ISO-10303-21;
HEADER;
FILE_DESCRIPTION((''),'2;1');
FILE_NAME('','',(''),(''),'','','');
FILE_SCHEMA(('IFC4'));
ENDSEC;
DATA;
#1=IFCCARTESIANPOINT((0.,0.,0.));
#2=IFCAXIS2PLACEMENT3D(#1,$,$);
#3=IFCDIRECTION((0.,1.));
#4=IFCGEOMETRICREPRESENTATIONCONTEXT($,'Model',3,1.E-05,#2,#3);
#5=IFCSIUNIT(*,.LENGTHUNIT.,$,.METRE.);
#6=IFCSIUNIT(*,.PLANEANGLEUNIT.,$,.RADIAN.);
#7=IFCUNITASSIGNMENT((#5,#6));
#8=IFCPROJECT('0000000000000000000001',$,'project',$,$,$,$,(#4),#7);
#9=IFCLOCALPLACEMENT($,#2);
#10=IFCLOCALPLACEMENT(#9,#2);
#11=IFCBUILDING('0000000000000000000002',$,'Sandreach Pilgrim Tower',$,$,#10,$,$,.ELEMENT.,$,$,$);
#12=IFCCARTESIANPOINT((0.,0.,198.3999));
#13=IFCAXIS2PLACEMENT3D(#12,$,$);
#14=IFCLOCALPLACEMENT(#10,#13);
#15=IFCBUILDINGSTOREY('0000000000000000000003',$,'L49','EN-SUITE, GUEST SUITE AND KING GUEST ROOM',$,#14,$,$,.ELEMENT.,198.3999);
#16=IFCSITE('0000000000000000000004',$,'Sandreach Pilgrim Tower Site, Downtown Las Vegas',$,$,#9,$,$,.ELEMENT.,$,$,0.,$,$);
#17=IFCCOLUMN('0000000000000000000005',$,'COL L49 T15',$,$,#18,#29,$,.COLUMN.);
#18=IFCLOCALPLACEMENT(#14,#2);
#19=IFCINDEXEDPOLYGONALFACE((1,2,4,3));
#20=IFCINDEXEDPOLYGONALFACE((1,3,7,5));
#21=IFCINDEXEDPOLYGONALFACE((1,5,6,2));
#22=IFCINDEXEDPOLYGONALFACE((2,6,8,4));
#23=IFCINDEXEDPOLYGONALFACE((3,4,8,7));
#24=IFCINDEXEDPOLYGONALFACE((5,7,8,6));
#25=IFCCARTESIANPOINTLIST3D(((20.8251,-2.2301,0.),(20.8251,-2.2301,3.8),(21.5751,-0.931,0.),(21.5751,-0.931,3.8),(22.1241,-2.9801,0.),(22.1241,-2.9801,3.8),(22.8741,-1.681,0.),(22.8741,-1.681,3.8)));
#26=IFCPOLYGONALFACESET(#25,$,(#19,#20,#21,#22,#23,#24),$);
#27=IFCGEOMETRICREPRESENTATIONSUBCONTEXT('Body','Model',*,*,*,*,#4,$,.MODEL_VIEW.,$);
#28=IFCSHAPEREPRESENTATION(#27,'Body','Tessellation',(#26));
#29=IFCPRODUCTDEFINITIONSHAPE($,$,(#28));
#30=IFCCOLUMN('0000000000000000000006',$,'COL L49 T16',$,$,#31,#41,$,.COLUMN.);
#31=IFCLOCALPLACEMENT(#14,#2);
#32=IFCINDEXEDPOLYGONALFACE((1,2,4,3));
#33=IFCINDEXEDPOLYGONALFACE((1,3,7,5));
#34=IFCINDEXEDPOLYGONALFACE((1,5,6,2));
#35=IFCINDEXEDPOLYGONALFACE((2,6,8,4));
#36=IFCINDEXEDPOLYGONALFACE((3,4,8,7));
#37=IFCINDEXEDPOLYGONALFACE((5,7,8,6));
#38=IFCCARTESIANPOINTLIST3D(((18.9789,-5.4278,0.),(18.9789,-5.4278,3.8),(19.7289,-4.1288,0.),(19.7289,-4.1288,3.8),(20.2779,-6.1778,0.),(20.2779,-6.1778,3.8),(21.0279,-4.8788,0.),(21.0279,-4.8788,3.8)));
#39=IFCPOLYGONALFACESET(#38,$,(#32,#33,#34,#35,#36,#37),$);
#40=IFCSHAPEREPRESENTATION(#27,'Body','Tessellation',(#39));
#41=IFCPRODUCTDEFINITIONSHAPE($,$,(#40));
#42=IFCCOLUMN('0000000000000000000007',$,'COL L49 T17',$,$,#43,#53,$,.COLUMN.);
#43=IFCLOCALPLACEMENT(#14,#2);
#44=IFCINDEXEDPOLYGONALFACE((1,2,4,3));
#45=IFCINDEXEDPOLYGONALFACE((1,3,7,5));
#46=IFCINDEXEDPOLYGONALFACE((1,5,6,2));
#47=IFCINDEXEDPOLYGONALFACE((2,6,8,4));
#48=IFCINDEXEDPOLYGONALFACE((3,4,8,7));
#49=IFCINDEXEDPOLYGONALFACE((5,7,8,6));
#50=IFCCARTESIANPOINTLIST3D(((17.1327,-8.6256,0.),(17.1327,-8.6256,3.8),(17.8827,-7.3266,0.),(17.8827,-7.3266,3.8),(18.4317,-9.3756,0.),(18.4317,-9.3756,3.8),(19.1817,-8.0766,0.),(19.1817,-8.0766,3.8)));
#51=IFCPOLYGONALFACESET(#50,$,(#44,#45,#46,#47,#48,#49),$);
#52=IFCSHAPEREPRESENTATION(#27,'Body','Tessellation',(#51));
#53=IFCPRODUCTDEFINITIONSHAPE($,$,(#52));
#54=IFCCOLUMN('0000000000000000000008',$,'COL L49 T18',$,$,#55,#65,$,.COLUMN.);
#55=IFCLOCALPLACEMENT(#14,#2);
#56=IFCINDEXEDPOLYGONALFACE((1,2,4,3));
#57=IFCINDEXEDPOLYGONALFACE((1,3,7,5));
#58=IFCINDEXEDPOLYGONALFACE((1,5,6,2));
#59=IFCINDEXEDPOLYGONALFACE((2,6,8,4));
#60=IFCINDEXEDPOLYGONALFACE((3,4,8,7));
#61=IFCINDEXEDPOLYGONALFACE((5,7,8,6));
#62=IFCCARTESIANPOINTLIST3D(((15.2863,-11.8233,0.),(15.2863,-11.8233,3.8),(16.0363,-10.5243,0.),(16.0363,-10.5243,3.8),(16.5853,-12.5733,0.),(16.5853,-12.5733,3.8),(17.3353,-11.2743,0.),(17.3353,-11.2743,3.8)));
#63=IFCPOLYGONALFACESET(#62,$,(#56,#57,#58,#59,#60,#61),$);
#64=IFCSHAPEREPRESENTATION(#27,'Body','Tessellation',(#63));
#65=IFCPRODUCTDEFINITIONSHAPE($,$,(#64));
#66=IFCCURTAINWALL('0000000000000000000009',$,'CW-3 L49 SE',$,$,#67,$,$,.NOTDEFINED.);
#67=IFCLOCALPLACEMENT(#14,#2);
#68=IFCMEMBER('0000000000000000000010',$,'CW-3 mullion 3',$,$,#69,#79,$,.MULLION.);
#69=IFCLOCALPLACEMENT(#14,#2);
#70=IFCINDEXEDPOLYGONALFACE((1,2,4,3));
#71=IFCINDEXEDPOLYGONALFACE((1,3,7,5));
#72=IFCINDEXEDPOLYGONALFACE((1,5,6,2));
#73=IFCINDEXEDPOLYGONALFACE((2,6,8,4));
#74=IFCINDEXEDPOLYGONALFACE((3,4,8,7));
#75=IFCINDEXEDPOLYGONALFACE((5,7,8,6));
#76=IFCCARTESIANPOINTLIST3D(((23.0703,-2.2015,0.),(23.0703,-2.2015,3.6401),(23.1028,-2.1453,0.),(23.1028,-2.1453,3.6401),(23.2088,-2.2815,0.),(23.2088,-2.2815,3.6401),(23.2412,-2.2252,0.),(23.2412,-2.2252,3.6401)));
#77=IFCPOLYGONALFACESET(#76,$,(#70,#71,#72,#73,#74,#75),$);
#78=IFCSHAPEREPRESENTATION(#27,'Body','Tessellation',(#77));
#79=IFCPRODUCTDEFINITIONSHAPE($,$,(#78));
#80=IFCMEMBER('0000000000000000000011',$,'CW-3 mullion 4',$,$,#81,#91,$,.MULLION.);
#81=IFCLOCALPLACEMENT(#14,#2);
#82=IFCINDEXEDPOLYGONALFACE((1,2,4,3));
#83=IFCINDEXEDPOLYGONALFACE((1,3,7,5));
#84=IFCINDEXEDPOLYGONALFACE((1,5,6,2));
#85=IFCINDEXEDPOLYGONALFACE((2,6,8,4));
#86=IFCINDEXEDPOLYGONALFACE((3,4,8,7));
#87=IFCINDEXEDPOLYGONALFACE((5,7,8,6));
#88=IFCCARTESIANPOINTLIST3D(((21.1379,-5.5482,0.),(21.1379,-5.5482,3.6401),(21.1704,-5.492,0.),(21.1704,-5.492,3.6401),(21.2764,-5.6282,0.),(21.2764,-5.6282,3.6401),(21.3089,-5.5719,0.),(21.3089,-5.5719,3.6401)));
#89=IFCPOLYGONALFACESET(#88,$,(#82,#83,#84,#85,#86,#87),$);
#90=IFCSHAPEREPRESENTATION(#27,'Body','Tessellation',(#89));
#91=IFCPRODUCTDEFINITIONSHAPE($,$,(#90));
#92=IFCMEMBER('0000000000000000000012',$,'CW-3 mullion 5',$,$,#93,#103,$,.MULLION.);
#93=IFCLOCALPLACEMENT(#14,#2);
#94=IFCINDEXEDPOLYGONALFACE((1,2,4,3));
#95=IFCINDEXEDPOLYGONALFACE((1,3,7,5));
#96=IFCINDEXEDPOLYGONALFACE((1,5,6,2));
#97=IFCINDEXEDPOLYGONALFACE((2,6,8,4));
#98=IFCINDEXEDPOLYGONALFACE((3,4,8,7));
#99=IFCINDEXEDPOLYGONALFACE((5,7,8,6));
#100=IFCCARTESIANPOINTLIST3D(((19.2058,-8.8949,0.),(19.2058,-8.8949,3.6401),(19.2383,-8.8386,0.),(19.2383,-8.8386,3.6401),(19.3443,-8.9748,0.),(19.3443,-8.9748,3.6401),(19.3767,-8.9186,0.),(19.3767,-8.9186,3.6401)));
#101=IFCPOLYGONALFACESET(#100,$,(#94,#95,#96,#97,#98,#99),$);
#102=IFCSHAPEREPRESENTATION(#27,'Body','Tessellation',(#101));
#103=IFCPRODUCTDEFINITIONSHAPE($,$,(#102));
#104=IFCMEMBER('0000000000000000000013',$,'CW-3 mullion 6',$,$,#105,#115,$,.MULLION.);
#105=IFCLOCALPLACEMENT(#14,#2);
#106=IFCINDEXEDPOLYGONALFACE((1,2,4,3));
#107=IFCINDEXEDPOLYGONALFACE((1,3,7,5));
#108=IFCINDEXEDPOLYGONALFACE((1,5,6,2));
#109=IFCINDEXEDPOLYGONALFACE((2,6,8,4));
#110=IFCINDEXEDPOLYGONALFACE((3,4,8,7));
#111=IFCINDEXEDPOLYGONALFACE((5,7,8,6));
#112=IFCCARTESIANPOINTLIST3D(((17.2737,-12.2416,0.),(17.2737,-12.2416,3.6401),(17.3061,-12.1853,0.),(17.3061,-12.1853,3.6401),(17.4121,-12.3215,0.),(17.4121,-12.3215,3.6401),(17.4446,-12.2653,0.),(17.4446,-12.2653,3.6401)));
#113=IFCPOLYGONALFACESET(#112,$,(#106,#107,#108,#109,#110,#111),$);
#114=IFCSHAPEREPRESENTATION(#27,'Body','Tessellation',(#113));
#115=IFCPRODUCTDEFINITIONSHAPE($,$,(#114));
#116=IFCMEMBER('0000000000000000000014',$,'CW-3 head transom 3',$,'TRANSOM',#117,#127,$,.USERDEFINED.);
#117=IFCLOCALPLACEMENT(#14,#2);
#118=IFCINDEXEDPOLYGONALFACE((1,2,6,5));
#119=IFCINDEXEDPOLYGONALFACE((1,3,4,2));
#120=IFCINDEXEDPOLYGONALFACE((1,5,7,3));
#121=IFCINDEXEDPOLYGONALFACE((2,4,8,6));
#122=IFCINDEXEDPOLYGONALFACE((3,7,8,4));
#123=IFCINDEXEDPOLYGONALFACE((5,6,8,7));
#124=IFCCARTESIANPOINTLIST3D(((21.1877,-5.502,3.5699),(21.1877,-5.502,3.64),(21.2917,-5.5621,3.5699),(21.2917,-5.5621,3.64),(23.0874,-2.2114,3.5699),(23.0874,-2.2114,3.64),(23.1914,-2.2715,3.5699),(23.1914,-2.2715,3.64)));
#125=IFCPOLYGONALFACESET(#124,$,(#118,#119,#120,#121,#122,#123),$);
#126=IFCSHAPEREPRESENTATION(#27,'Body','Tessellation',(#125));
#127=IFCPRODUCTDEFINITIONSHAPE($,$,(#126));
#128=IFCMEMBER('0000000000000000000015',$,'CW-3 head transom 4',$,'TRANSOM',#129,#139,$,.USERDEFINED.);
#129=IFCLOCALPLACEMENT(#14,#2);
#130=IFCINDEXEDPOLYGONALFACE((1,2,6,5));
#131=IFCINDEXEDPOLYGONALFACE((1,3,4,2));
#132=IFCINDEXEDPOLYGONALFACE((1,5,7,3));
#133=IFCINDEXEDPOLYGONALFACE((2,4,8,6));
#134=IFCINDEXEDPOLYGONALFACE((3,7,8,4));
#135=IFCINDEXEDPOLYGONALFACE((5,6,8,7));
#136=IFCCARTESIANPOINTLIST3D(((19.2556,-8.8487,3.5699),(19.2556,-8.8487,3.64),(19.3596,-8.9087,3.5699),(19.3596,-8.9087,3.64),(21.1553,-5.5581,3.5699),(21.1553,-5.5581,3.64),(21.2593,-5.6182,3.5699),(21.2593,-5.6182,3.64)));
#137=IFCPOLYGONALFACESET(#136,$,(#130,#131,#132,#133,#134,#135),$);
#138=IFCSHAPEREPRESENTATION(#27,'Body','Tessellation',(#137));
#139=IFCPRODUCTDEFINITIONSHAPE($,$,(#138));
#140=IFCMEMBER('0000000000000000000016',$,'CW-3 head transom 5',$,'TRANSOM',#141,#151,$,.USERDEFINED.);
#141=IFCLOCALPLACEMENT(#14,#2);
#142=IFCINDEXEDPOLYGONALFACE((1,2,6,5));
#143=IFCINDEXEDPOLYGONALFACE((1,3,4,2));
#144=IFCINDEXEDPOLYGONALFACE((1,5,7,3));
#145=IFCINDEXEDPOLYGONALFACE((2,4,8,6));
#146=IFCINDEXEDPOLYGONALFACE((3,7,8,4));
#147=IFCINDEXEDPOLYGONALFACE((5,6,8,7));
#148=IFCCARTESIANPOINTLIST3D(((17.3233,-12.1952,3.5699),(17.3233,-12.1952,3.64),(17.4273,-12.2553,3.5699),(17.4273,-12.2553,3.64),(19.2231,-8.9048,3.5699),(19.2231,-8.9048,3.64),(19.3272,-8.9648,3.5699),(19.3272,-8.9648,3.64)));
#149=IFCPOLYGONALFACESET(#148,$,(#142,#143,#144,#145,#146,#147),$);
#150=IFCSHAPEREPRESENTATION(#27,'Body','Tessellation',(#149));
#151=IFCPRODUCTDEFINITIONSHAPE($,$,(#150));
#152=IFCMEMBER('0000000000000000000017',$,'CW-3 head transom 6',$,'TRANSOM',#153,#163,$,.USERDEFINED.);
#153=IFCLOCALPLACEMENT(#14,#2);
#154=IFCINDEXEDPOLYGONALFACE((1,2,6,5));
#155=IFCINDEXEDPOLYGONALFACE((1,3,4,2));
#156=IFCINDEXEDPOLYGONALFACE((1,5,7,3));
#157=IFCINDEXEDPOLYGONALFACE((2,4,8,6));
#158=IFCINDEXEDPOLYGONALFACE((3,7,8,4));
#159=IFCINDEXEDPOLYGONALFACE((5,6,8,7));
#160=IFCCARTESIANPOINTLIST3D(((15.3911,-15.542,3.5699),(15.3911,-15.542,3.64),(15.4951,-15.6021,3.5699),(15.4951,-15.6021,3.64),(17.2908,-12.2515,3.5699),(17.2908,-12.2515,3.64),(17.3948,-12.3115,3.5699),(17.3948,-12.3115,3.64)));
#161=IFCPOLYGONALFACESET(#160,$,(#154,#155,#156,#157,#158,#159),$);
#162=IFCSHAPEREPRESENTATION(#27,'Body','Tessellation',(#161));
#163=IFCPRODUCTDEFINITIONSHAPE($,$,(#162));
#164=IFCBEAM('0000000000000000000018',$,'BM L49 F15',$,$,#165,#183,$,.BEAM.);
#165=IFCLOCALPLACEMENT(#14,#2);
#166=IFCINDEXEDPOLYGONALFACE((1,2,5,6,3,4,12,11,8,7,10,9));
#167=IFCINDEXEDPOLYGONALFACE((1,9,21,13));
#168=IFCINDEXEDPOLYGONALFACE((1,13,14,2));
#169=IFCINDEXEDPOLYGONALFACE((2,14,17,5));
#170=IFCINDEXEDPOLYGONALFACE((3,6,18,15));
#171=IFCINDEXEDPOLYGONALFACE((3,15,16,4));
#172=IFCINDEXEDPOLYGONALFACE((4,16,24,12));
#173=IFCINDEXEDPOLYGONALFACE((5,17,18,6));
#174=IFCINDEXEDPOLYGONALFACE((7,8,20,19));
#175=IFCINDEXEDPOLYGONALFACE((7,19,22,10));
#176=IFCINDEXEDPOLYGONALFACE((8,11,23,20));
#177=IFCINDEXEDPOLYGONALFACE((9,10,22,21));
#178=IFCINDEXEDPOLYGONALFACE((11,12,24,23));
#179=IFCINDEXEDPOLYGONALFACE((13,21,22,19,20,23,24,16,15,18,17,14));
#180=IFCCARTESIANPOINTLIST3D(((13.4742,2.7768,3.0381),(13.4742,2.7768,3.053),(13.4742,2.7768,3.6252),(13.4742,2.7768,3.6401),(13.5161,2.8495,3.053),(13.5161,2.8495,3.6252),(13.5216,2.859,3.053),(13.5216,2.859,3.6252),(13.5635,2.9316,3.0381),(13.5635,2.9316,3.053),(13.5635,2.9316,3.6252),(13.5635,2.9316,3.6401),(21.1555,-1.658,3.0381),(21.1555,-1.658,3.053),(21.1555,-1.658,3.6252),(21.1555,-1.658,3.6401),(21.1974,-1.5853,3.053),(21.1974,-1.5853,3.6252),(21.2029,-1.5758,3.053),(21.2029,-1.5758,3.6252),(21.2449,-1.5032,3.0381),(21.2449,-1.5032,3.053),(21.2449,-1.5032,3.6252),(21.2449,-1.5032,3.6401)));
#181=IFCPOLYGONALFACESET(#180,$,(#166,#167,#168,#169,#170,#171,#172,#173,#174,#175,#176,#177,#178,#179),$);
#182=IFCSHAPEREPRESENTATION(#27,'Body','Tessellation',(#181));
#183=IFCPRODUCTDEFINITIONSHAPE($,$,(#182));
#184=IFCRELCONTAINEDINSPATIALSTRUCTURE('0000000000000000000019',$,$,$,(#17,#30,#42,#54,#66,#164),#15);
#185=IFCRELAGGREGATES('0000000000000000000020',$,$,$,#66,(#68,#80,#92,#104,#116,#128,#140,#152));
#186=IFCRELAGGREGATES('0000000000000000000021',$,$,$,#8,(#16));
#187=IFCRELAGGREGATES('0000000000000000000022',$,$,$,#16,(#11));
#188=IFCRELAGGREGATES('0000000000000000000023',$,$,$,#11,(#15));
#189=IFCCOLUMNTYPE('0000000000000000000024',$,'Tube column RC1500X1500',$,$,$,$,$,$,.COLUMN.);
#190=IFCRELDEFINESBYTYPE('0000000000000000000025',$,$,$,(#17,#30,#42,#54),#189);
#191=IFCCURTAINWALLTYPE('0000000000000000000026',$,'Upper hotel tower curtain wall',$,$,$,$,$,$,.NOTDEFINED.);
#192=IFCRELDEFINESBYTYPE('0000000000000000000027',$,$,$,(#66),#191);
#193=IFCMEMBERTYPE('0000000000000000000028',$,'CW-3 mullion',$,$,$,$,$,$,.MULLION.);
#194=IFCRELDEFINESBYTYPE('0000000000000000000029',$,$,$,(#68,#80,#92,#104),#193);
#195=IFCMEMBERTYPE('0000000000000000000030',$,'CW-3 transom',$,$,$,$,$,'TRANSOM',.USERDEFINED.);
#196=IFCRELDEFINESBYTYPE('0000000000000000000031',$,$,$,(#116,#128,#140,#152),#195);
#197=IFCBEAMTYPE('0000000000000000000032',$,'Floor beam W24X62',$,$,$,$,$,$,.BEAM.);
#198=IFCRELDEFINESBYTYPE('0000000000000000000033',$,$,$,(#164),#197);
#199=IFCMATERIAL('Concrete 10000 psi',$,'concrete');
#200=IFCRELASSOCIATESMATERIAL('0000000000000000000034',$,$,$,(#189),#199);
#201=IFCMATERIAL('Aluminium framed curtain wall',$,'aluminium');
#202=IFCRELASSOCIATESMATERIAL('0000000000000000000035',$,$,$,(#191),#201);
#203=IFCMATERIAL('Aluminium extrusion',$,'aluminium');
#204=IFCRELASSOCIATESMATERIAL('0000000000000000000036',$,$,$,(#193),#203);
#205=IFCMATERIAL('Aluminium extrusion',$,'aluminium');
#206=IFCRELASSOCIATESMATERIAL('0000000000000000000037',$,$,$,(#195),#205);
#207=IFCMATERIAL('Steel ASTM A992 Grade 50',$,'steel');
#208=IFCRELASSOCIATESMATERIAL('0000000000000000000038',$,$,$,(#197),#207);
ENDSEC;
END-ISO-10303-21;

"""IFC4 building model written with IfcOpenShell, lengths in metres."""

from ifc_helpers import new_model, si_unit, direction, frame, origin, origin_2d, place, context, subcontext, project, spatial, rectangle, i_section, extrude, material, material_profile, profile_set, type_object, element, aggregate, save


model = new_model("IFC4")

# Units and contexts
model_context = context("Model", 3, precision=1e-05, world=origin(), true_north=direction((0.0, 1.0)))
body_context = subcontext(model_context, "Body", "Model", "MODEL_VIEW")
ifc_project = project(units=[si_unit("LENGTHUNIT", "METRE"), si_unit("PLANEANGLEUNIT", "RADIAN")], contexts=[model_context])

# Site, building, storey
site_placement = place(None, origin())
site = spatial("IfcSite", under=ifc_project, at=site_placement, Name="Sandreach Pilgrim Tower Site, Downtown Las Vegas", CompositionType="ELEMENT", RefElevation=0.0)
building_placement = place(site_placement, origin())
building = spatial("IfcBuilding", under=site, at=building_placement, Name="Sandreach Pilgrim Tower", CompositionType="ELEMENT")
storey_placement = place(building_placement, frame((0.0, 0.0, 198.3999)))
storey = spatial("IfcBuildingStorey", under=building, at=storey_placement, Name="L49", Description="EN-SUITE, GUEST SUITE AND KING GUEST ROOM", CompositionType="ELEMENT", Elevation=198.3999)

# Columns
ifc_material_1 = material(Name="Concrete 10000 psi", Category="concrete")
ifc_material_profile_1 = material_profile(ifc_material_1, rectangle(XDim=1.5, YDim=1.5, at=origin_2d()), Name="RC1500X1500")
ifc_profile_set_1 = profile_set([ifc_material_profile_1], Name="Concrete 10000 psi")
column_type = type_object("IfcColumnType", Name="Tube column RC1500X1500", PredefinedType="COLUMN", material=ifc_profile_set_1)
for number, where, z_axis, x_axis, name in (
    (1, (21.8496, -1.9556, 0.0), (0.0, 0.0, 1.0), (0.866025, -0.5, 0.0), "COL L49 T15"),
    (2, (20.0034, -5.1533, 0.0), (0.0, 0.0, 1.0), (0.866025, -0.5, 0.0), "COL L49 T16"),
    (3, (18.1572, -8.3511, 0.0), (0.0, 0.0, 1.0), (0.866025, -0.5, 0.0), "COL L49 T17"),
    (4, (16.3108, -11.5488, 0.0), (0.0, 0.0, 1.0), (0.866025, -0.5, 0.0), "COL L49 T18"),
):
    element("IfcColumn", number, at=place(storey_placement, frame(where, z_axis=z_axis, x_axis=x_axis)), inside=storey, type_object=column_type, Name=name, PredefinedType="COLUMN", context=body_context, shape_type="SweptSolid", body=[
        extrude(rectangle(XDim=1.5, YDim=1.5, at=origin_2d()), origin(), (0.0, 0.0, 1.0), 3.8),
    ])

# Curtain wall, members
ifc_material_2 = material(Name="Aluminium framed curtain wall", Category="aluminium")
curtain_wall_type = type_object("IfcCurtainWallType", Name="Upper hotel tower curtain wall", PredefinedType="NOTDEFINED", material=ifc_material_2)
curtain_wall_placement = place(storey_placement, origin())
curtain_wall = element("IfcCurtainWall", 5, at=curtain_wall_placement, inside=storey, type_object=curtain_wall_type, Name="CW-3 L49 SE", PredefinedType="NOTDEFINED")
ifc_material_3 = material(Name="Aluminium extrusion", Category="aluminium")
ifc_material_profile_2 = material_profile(ifc_material_3, rectangle(XDim=0.0649, YDim=0.1599, at=origin_2d()), Name="CW-3M 65X160")
ifc_profile_set_2 = profile_set([ifc_material_profile_2], Name="Aluminium extrusion")
member_type_1 = type_object("IfcMemberType", Name="CW-3 mullion", PredefinedType="MULLION", material=ifc_profile_set_2)
member_1_placement = place(storey_placement, frame((23.1558, -2.2134, 0.0), z_axis=(0.0, 0.0, 1.0), x_axis=(-0.5, -0.866025, 0.0)))
member_1 = element("IfcMember", 6, at=member_1_placement, type_object=member_type_1, Name="CW-3 mullion 3", PredefinedType="MULLION", context=body_context, shape_type="SweptSolid", body=[
    extrude(rectangle(XDim=0.0649, YDim=0.1599, at=origin_2d()), origin(), (0.0, 0.0, 1.0), 3.6401),
])
member_2_placement = place(storey_placement, frame((21.2234, -5.5601, 0.0), z_axis=(0.0, 0.0, 1.0), x_axis=(-0.5, -0.866025, 0.0)))
member_2 = element("IfcMember", 7, at=member_2_placement, type_object=member_type_1, Name="CW-3 mullion 4", PredefinedType="MULLION", context=body_context, shape_type="SweptSolid", body=[
    extrude(rectangle(XDim=0.0649, YDim=0.1599, at=origin_2d()), origin(), (0.0, 0.0, 1.0), 3.6401),
])
member_3_placement = place(storey_placement, frame((19.2913, -8.9067, 0.0), z_axis=(0.0, 0.0, 1.0), x_axis=(-0.5, -0.866025, 0.0)))
member_3 = element("IfcMember", 8, at=member_3_placement, type_object=member_type_1, Name="CW-3 mullion 5", PredefinedType="MULLION", context=body_context, shape_type="SweptSolid", body=[
    extrude(rectangle(XDim=0.0649, YDim=0.1599, at=origin_2d()), origin(), (0.0, 0.0, 1.0), 3.6401),
])
member_4_placement = place(storey_placement, frame((17.3591, -12.2534, 0.0), z_axis=(0.0, 0.0, 1.0), x_axis=(-0.5, -0.866025, 0.0)))
member_4 = element("IfcMember", 9, at=member_4_placement, type_object=member_type_1, Name="CW-3 mullion 6", PredefinedType="MULLION", context=body_context, shape_type="SweptSolid", body=[
    extrude(rectangle(XDim=0.0649, YDim=0.1599, at=origin_2d()), origin(), (0.0, 0.0, 1.0), 3.6401),
])
ifc_material_4 = material(Name="Aluminium extrusion", Category="aluminium")
ifc_material_profile_3 = material_profile(ifc_material_4, rectangle(XDim=0.1201, YDim=0.0701, at=origin_2d()), Name="CW-3T 120X70")
ifc_profile_set_3 = profile_set([ifc_material_profile_3], Name="Aluminium extrusion")
member_type_2 = type_object("IfcMemberType", Name="CW-3 transom", ElementType="TRANSOM", PredefinedType="USERDEFINED", material=ifc_profile_set_3)
member_5_placement = place(storey_placement, frame((23.1394, -2.2415, 3.605), z_axis=(-0.499975, -0.86604, 0.0), x_axis=(0.86604, -0.499975, 0.0)))
member_5 = element("IfcMember", 10, at=member_5_placement, type_object=member_type_2, Name="CW-3 head transom 3", ObjectType="TRANSOM", PredefinedType="USERDEFINED", context=body_context, shape_type="SweptSolid", body=[
    extrude(rectangle(XDim=0.1201, YDim=0.0701, at=origin_2d()), origin(), (0.0, 0.0, 1.0), 3.7996),
])
member_6_placement = place(storey_placement, frame((21.2073, -5.5881, 3.605), z_axis=(-0.499975, -0.86604, 0.0), x_axis=(0.86604, -0.499975, 0.0)))
member_6 = element("IfcMember", 11, at=member_6_placement, type_object=member_type_2, Name="CW-3 head transom 4", ObjectType="TRANSOM", PredefinedType="USERDEFINED", context=body_context, shape_type="SweptSolid", body=[
    extrude(rectangle(XDim=0.1201, YDim=0.0701, at=origin_2d()), origin(), (0.0, 0.0, 1.0), 3.7996),
])
member_7_placement = place(storey_placement, frame((19.2751, -8.9348, 3.605), z_axis=(-0.500023, -0.866012, 0.0), x_axis=(0.866012, -0.500023, 0.0)))
member_7 = element("IfcMember", 12, at=member_7_placement, type_object=member_type_2, Name="CW-3 head transom 5", ObjectType="TRANSOM", PredefinedType="USERDEFINED", context=body_context, shape_type="SweptSolid", body=[
    extrude(rectangle(XDim=0.1201, YDim=0.0701, at=origin_2d()), origin(), (0.0, 0.0, 1.0), 3.7996),
])
member_8_placement = place(storey_placement, frame((17.3428, -12.2815, 3.605), z_axis=(-0.499975, -0.86604, 0.0), x_axis=(0.86604, -0.499975, 0.0)))
member_8 = element("IfcMember", 13, at=member_8_placement, type_object=member_type_2, Name="CW-3 head transom 6", ObjectType="TRANSOM", PredefinedType="USERDEFINED", context=body_context, shape_type="SweptSolid", body=[
    extrude(rectangle(XDim=0.1201, YDim=0.0701, at=origin_2d()), origin(), (0.0, 0.0, 1.0), 3.7996),
])

# Beam
ifc_material_5 = material(Name="Steel ASTM A992 Grade 50", Category="steel")
ifc_material_profile_4 = material_profile(ifc_material_5, i_section(OverallWidth=0.1787, OverallDepth=0.6021, WebThickness=0.011, FlangeThickness=0.0149, at=origin_2d()), Name="W24X62")
ifc_profile_set_4 = profile_set([ifc_material_profile_4], Name="Steel ASTM A992 Grade 50")
beam_type_1 = type_object("IfcBeamType", Name="Floor beam W24X62", PredefinedType="BEAM", material=ifc_profile_set_4)
beam_1_placement = place(storey_placement, frame((21.2002, -1.5806, 3.3391), z_axis=(-0.866027, 0.499996, 0.0), x_axis=(-0.499996, -0.866027, 0.0)))
element("IfcBeam", 14, at=beam_1_placement, inside=storey, type_object=beam_type_1, Name="BM L49 F15", PredefinedType="BEAM", context=body_context, shape_type="SweptSolid", body=[
    extrude(i_section(OverallWidth=0.1787, OverallDepth=0.6021, WebThickness=0.011, FlangeThickness=0.0149, at=origin_2d()), origin(), (0.0, 0.0, 1.0), 8.8696),
])

aggregate(curtain_wall, [member_1, member_2, member_3, member_4, member_5, member_6, member_7, member_8])

save(model, "model.ifc")
